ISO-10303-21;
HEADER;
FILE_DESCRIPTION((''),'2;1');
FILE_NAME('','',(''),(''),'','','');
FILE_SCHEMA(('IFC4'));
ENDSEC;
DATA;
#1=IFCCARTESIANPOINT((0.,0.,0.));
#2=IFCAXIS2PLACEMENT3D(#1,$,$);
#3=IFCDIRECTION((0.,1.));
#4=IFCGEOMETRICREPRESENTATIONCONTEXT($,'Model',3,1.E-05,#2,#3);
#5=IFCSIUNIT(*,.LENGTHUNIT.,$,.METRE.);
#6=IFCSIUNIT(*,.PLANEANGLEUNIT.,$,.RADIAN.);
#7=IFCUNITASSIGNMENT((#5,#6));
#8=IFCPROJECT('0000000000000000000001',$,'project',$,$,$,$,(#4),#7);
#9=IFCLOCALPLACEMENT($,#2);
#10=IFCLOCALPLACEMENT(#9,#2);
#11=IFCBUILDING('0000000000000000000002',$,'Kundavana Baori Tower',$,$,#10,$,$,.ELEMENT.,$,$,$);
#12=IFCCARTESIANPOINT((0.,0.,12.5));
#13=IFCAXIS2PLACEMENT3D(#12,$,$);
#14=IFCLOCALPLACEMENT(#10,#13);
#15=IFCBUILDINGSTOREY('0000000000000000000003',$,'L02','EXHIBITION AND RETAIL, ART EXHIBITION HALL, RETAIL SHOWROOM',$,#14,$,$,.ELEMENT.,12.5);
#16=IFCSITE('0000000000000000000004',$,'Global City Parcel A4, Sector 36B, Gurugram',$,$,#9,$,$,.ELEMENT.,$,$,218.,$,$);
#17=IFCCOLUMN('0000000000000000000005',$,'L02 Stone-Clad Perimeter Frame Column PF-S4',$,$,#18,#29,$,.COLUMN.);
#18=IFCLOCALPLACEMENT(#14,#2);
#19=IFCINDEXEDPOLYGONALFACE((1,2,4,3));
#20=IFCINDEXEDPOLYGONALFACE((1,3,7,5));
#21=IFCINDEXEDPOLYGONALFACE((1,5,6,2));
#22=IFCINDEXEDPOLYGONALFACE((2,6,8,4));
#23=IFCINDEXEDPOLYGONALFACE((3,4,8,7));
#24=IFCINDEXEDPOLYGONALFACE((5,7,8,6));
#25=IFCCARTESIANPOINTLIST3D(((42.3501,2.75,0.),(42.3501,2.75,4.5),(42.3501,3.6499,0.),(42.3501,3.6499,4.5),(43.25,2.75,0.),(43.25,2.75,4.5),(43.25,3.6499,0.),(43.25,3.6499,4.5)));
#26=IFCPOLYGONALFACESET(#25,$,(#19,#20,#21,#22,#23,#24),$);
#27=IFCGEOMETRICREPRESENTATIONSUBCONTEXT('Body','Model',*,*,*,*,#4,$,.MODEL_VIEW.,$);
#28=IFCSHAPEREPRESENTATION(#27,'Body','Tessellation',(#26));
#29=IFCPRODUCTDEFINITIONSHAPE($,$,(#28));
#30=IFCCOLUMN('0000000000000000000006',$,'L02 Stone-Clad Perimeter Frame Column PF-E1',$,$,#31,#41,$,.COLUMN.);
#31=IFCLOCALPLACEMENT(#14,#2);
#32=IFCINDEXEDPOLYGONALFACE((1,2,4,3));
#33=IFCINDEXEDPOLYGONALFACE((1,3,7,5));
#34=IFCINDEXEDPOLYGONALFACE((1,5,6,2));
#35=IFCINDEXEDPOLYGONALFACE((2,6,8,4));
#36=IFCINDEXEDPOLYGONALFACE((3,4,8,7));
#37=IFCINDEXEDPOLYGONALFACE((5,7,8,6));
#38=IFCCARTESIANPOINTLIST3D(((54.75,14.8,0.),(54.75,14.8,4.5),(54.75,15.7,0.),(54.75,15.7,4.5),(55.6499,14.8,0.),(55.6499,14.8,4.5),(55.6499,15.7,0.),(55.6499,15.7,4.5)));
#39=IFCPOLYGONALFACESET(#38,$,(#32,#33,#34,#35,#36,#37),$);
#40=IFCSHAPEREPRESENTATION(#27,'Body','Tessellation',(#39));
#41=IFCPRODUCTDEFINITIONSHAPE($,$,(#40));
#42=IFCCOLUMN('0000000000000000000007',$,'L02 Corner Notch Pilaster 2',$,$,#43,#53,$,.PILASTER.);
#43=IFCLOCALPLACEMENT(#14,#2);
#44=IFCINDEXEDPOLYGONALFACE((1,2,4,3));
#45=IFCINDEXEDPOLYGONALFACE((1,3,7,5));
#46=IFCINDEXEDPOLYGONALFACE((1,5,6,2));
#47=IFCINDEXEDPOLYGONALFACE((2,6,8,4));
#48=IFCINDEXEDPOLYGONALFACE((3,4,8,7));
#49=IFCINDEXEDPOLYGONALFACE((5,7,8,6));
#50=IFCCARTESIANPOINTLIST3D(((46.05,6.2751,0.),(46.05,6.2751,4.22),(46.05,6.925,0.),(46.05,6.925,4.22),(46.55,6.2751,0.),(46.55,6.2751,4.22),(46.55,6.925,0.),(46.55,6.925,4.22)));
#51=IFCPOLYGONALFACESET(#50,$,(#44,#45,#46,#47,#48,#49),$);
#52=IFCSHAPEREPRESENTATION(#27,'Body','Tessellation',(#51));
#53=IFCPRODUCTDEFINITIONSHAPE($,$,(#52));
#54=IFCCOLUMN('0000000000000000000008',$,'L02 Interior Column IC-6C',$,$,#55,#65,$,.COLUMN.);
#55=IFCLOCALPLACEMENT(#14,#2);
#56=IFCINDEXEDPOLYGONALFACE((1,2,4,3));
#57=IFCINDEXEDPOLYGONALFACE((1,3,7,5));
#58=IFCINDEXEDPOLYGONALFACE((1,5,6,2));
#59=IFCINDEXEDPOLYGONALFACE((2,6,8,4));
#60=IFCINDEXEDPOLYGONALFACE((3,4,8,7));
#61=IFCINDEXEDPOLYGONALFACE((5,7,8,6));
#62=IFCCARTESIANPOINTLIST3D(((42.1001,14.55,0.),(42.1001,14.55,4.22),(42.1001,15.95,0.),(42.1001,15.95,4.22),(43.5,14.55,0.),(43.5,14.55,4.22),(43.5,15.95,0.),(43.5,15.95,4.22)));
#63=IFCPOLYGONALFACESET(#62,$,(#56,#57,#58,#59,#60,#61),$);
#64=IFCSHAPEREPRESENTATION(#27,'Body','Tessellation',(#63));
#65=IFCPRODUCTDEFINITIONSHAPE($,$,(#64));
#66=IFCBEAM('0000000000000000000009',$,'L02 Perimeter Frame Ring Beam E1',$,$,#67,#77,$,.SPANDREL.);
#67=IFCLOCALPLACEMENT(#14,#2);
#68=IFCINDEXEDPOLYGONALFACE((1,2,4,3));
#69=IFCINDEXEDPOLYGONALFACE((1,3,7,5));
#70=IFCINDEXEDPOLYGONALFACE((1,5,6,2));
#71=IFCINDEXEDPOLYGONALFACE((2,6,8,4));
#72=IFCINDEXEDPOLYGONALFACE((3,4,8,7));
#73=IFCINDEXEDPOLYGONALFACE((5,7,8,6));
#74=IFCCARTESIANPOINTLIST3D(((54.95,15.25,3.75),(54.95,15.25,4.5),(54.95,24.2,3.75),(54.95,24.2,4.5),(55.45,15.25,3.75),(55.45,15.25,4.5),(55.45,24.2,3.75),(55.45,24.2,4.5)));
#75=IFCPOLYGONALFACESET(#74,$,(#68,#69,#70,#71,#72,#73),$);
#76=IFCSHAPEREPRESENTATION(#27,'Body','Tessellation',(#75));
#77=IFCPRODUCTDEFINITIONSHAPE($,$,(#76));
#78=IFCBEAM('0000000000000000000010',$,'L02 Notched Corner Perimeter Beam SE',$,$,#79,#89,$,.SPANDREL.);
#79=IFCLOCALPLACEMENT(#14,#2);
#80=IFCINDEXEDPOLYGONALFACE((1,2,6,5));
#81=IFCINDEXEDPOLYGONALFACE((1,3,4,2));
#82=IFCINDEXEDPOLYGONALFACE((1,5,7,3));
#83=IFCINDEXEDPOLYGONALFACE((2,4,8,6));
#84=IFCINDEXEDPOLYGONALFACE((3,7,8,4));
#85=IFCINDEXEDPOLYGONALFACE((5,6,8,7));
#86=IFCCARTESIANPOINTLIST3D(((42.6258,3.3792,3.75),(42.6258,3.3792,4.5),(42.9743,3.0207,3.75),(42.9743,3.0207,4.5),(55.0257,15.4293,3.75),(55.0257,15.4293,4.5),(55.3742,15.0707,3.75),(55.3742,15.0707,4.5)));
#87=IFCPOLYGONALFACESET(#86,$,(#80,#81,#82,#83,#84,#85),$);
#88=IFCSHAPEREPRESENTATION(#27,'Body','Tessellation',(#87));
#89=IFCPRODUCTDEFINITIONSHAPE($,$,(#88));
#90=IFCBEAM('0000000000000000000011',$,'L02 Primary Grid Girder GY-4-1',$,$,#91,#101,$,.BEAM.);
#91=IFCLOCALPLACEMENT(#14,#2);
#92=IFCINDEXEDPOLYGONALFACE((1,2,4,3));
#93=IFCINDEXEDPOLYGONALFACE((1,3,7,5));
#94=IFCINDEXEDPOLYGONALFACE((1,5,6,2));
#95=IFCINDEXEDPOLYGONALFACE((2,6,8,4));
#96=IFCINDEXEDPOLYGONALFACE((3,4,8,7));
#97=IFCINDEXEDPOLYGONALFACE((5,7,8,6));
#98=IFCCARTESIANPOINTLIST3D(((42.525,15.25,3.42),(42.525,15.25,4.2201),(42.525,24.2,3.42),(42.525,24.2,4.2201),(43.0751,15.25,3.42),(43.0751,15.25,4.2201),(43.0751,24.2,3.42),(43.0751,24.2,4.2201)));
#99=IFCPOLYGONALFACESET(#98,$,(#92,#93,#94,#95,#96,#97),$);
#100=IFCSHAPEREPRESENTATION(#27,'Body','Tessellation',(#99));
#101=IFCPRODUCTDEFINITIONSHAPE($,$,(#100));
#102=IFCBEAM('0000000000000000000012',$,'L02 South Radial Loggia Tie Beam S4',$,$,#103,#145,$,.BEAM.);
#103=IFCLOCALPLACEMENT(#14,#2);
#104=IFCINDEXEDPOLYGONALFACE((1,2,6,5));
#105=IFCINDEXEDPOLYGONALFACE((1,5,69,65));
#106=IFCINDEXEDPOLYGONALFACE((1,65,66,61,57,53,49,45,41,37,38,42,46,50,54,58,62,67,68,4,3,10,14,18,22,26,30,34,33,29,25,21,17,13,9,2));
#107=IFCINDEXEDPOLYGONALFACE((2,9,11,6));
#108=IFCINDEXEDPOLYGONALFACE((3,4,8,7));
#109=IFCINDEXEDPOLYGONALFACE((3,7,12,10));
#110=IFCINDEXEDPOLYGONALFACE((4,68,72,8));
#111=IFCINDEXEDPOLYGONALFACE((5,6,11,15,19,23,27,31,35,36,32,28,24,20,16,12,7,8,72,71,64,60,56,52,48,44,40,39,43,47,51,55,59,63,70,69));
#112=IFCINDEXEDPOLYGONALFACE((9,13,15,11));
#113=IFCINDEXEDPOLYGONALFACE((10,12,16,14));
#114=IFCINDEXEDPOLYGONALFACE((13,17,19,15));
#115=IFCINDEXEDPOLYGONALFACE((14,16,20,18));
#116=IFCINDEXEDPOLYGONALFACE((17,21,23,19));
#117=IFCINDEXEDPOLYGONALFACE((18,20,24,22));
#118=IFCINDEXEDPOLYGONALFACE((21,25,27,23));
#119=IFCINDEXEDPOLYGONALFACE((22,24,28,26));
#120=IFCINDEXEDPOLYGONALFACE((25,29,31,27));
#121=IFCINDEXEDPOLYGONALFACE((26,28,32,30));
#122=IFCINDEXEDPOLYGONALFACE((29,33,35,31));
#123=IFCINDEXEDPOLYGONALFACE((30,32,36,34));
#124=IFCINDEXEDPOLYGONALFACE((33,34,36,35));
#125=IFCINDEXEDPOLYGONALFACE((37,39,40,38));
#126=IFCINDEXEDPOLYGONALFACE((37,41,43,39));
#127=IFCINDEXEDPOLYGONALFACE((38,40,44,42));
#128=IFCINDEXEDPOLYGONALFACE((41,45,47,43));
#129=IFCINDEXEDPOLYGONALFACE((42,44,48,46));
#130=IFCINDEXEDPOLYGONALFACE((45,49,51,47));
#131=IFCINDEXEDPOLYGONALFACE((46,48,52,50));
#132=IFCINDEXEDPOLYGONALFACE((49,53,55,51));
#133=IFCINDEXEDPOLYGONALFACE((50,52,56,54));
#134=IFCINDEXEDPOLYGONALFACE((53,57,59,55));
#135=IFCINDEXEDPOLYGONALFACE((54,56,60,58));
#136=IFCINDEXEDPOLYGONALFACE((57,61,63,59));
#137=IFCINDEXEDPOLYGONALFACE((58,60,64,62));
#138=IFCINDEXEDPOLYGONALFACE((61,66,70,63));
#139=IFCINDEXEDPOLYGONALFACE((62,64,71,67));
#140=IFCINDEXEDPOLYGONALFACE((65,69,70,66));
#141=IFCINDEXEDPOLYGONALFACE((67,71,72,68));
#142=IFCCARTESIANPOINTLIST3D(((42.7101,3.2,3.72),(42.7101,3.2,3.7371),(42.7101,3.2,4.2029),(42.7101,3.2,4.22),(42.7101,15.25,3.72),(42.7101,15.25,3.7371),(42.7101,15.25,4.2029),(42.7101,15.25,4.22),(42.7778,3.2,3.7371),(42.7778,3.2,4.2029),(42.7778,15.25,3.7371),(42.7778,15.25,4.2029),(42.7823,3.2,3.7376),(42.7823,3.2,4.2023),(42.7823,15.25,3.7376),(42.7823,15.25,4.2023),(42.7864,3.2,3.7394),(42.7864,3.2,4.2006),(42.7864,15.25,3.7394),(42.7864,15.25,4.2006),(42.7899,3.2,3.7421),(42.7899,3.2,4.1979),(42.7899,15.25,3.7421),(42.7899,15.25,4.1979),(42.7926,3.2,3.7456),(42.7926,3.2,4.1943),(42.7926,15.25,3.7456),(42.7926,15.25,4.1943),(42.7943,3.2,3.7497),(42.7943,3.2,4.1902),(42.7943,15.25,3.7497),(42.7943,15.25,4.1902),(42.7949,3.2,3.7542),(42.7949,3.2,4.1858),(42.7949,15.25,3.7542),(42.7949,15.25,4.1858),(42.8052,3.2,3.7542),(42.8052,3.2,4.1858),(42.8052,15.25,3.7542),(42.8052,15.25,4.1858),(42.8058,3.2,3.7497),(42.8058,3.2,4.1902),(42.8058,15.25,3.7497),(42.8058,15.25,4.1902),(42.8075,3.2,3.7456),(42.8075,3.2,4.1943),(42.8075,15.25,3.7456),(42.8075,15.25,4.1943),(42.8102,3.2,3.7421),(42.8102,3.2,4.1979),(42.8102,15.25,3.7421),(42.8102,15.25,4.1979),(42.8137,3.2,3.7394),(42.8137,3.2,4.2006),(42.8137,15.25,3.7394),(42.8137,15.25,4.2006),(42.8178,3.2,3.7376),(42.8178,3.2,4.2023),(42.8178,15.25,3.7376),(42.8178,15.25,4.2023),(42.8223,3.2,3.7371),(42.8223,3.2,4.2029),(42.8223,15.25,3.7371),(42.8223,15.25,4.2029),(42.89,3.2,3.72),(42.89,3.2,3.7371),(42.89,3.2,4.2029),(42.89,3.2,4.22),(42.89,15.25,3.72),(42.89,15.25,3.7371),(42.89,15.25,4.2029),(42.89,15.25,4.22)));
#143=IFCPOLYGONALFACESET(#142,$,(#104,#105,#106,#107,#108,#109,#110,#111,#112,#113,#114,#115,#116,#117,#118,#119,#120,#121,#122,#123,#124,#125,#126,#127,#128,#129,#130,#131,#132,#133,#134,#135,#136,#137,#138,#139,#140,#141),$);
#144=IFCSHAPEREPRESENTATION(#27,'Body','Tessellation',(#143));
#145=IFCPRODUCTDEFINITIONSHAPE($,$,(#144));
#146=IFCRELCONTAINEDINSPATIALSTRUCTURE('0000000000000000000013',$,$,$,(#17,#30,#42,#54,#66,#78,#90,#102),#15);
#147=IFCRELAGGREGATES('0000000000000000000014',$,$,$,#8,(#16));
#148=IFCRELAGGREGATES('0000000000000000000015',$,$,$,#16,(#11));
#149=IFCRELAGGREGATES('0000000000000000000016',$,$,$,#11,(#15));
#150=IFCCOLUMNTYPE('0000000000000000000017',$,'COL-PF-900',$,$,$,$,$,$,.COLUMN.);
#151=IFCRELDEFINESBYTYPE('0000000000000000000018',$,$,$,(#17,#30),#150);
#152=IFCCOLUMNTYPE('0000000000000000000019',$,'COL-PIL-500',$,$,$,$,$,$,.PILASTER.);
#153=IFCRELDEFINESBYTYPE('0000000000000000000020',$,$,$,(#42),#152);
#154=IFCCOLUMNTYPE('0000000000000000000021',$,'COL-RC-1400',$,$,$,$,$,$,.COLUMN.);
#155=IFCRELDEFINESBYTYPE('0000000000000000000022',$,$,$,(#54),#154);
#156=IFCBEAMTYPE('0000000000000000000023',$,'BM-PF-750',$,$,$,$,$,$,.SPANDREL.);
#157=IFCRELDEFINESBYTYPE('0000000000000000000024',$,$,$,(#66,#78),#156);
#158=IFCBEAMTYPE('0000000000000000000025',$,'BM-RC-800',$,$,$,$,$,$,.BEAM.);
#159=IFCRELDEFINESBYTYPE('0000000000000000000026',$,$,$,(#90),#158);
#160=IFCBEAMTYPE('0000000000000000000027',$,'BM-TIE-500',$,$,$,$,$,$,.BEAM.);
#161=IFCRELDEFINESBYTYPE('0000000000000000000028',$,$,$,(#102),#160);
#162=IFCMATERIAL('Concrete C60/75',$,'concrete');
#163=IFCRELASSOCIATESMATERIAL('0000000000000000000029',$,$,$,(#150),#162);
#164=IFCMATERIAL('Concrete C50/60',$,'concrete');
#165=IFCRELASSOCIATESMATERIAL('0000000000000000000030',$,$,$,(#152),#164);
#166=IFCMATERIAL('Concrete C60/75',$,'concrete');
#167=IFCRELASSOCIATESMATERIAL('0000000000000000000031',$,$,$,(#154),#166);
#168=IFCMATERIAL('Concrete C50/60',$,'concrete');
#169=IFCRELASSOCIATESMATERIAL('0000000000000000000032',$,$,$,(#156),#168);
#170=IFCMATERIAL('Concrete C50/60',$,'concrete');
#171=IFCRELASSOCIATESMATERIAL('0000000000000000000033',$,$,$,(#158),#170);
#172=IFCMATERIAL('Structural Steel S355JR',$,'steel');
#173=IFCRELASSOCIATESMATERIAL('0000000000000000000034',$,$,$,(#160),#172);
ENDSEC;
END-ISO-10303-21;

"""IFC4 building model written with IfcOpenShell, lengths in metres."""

from ifc_helpers import new_model, si_unit, direction, frame, origin, origin_2d, place, context, subcontext, project, spatial, rectangle, i_section, extrude, material, material_profile, profile_set, type_object, element, save


model = new_model("IFC4")

# Units and contexts
model_context = context("Model", 3, precision=1e-05, world=origin(), true_north=direction((0.0, 1.0)))
body_context = subcontext(model_context, "Body", "Model", "MODEL_VIEW")
ifc_project = project(units=[si_unit("LENGTHUNIT", "METRE"), si_unit("PLANEANGLEUNIT", "RADIAN")], contexts=[model_context])

# Site, building, storey
site_placement = place(None, origin())
site = spatial("IfcSite", under=ifc_project, at=site_placement, Name="Global City Parcel A4, Sector 36B, Gurugram", CompositionType="ELEMENT", RefElevation=218.0)
building_placement = place(site_placement, origin())
building = spatial("IfcBuilding", under=site, at=building_placement, Name="Kundavana Baori Tower", CompositionType="ELEMENT")
storey_placement = place(building_placement, frame((0.0, 0.0, 12.5)))
storey = spatial("IfcBuildingStorey", under=building, at=storey_placement, Name="L02", Description="EXHIBITION AND RETAIL, ART EXHIBITION HALL, RETAIL SHOWROOM", CompositionType="ELEMENT", Elevation=12.5)

# Columns
ifc_material_1 = material(Name="Concrete C60/75", Category="concrete")
ifc_material_profile_1 = material_profile(ifc_material_1, rectangle(XDim=0.8999, YDim=0.8999, at=origin_2d()), Name="RC PF 900x900")
ifc_profile_set_1 = profile_set([ifc_material_profile_1], Name="Concrete C60/75")
column_type_1 = type_object("IfcColumnType", Name="COL-PF-900", PredefinedType="COLUMN", material=ifc_profile_set_1)
for number, where, z_axis, x_axis, name in (
    (1, (42.8, 3.2, 0.0), (0.0, 0.0, 1.0), (1.0, 0.0, 0.0), "L02 Stone-Clad Perimeter Frame Column PF-S4"),
    (2, (55.2, 15.25, 0.0), (0.0, 0.0, 1.0), (1.0, 0.0, 0.0), "L02 Stone-Clad Perimeter Frame Column PF-E1"),
):
    element("IfcColumn", number, at=place(storey_placement, frame(where, z_axis=z_axis, x_axis=x_axis)), inside=storey, type_object=column_type_1, Name=name, PredefinedType="COLUMN", context=body_context, shape_type="SweptSolid", body=[
        extrude(rectangle(XDim=0.8999, YDim=0.8999, at=origin_2d()), origin(), (0.0, 0.0, 1.0), 4.5),
    ])
ifc_material_2 = material(Name="Concrete C50/60", Category="concrete")
ifc_material_profile_2 = material_profile(ifc_material_2, rectangle(XDim=0.5, YDim=0.6499, at=origin_2d()), Name="RC PIL 500x650")
ifc_profile_set_2 = profile_set([ifc_material_profile_2], Name="Concrete C50/60")
column_type_2 = type_object("IfcColumnType", Name="COL-PIL-500", PredefinedType="PILASTER", material=ifc_profile_set_2)
column_1_placement = place(storey_placement, frame((46.3, 6.6001, 0.0), z_axis=(0.0, 0.0, 1.0), x_axis=(1.0, 0.0, 0.0)))
element("IfcColumn", 3, at=column_1_placement, inside=storey, type_object=column_type_2, Name="L02 Corner Notch Pilaster 2", PredefinedType="PILASTER", context=body_context, shape_type="SweptSolid", body=[
    extrude(rectangle(XDim=0.5, YDim=0.6499, at=origin_2d()), origin(), (0.0, 0.0, 1.0), 4.22),
])
ifc_material_3 = material(Name="Concrete C60/75", Category="concrete")
ifc_material_profile_3 = material_profile(ifc_material_3, rectangle(XDim=1.3999, YDim=1.3999, at=origin_2d()), Name="RC 1400x1400")
ifc_profile_set_3 = profile_set([ifc_material_profile_3], Name="Concrete C60/75")
column_type_3 = type_object("IfcColumnType", Name="COL-RC-1400", PredefinedType="COLUMN", material=ifc_profile_set_3)
column_2_placement = place(storey_placement, frame((42.8, 15.25, 0.0), z_axis=(0.0, 0.0, 1.0), x_axis=(1.0, 0.0, 0.0)))
element("IfcColumn", 4, at=column_2_placement, inside=storey, type_object=column_type_3, Name="L02 Interior Column IC-6C", PredefinedType="COLUMN", context=body_context, shape_type="SweptSolid", body=[
    extrude(rectangle(XDim=1.3999, YDim=1.3999, at=origin_2d()), origin(), (0.0, 0.0, 1.0), 4.22),
])

# Beams
ifc_material_4 = material(Name="Concrete C50/60", Category="concrete")
ifc_material_profile_4 = material_profile(ifc_material_4, rectangle(XDim=0.5, YDim=0.75, at=origin_2d()), Name="RC BM 500x750")
ifc_profile_set_4 = profile_set([ifc_material_profile_4], Name="Concrete C50/60")
beam_type_1 = type_object("IfcBeamType", Name="BM-PF-750", PredefinedType="SPANDREL", material=ifc_profile_set_4)
beam_1_placement = place(storey_placement, frame((55.2, 15.25, 4.125), z_axis=(0.0, 1.0, 0.0), x_axis=(-1.0, 0.0, 0.0)))
element("IfcBeam", 5, at=beam_1_placement, inside=storey, type_object=beam_type_1, Name="L02 Perimeter Frame Ring Beam E1", PredefinedType="SPANDREL", context=body_context, shape_type="SweptSolid", body=[
    extrude(rectangle(XDim=0.5, YDim=0.75, at=origin_2d()), origin(), (0.0, 0.0, 1.0), 8.95),
])
beam_2_placement = place(storey_placement, frame((42.8, 3.2, 4.125), z_axis=(0.717151, 0.696917, 0.0), x_axis=(-0.696917, 0.717151, 0.0)))
element("IfcBeam", 6, at=beam_2_placement, inside=storey, type_object=beam_type_1, Name="L02 Notched Corner Perimeter Beam SE", PredefinedType="SPANDREL", context=body_context, shape_type="SweptSolid", body=[
    extrude(rectangle(XDim=0.5, YDim=0.75, at=origin_2d()), origin(), (0.0, 0.0, 1.0), 17.2905),
])
ifc_material_5 = material(Name="Concrete C50/60", Category="concrete")
ifc_material_profile_5 = material_profile(ifc_material_5, rectangle(XDim=0.55, YDim=0.8, at=origin_2d()), Name="RC BM 550x800")
ifc_profile_set_5 = profile_set([ifc_material_profile_5], Name="Concrete C50/60")
beam_type_2 = type_object("IfcBeamType", Name="BM-RC-800", PredefinedType="BEAM", material=ifc_profile_set_5)
beam_3_placement = place(storey_placement, frame((42.8, 15.25, 3.8201), z_axis=(0.0, 1.0, 0.0), x_axis=(-1.0, 0.0, 0.0)))
element("IfcBeam", 7, at=beam_3_placement, inside=storey, type_object=beam_type_2, Name="L02 Primary Grid Girder GY-4-1", PredefinedType="BEAM", context=body_context, shape_type="SweptSolid", body=[
    extrude(rectangle(XDim=0.55, YDim=0.8, at=origin_2d()), origin(), (0.0, 0.0, 1.0), 8.95),
])
ifc_material_6 = material(Name="Structural Steel S355JR", Category="steel")
ifc_material_profile_6 = material_profile(ifc_material_6, i_section(OverallWidth=0.1799, OverallDepth=0.5, WebThickness=0.0103, FlangeThickness=0.0171, FilletRadius=0.0171, at=origin_2d()), Name="ISMB 500")
ifc_profile_set_6 = profile_set([ifc_material_profile_6], Name="Structural Steel S355JR")
beam_type_3 = type_object("IfcBeamType", Name="BM-TIE-500", PredefinedType="BEAM", material=ifc_profile_set_6)
beam_4_placement = place(storey_placement, frame((42.8, 15.25, 3.97), z_axis=(0.0, -1.0, 0.0), x_axis=(1.0, 0.0, 0.0)))
element("IfcBeam", 8, at=beam_4_placement, inside=storey, type_object=beam_type_3, Name="L02 South Radial Loggia Tie Beam S4", PredefinedType="BEAM", context=body_context, shape_type="SweptSolid", body=[
    extrude(i_section(OverallWidth=0.1799, OverallDepth=0.5, WebThickness=0.0103, FlangeThickness=0.0171, FilletRadius=0.0171, at=origin_2d()), origin(), (0.0, 0.0, 1.0), 12.05),
])

save(model, "model.ifc")
